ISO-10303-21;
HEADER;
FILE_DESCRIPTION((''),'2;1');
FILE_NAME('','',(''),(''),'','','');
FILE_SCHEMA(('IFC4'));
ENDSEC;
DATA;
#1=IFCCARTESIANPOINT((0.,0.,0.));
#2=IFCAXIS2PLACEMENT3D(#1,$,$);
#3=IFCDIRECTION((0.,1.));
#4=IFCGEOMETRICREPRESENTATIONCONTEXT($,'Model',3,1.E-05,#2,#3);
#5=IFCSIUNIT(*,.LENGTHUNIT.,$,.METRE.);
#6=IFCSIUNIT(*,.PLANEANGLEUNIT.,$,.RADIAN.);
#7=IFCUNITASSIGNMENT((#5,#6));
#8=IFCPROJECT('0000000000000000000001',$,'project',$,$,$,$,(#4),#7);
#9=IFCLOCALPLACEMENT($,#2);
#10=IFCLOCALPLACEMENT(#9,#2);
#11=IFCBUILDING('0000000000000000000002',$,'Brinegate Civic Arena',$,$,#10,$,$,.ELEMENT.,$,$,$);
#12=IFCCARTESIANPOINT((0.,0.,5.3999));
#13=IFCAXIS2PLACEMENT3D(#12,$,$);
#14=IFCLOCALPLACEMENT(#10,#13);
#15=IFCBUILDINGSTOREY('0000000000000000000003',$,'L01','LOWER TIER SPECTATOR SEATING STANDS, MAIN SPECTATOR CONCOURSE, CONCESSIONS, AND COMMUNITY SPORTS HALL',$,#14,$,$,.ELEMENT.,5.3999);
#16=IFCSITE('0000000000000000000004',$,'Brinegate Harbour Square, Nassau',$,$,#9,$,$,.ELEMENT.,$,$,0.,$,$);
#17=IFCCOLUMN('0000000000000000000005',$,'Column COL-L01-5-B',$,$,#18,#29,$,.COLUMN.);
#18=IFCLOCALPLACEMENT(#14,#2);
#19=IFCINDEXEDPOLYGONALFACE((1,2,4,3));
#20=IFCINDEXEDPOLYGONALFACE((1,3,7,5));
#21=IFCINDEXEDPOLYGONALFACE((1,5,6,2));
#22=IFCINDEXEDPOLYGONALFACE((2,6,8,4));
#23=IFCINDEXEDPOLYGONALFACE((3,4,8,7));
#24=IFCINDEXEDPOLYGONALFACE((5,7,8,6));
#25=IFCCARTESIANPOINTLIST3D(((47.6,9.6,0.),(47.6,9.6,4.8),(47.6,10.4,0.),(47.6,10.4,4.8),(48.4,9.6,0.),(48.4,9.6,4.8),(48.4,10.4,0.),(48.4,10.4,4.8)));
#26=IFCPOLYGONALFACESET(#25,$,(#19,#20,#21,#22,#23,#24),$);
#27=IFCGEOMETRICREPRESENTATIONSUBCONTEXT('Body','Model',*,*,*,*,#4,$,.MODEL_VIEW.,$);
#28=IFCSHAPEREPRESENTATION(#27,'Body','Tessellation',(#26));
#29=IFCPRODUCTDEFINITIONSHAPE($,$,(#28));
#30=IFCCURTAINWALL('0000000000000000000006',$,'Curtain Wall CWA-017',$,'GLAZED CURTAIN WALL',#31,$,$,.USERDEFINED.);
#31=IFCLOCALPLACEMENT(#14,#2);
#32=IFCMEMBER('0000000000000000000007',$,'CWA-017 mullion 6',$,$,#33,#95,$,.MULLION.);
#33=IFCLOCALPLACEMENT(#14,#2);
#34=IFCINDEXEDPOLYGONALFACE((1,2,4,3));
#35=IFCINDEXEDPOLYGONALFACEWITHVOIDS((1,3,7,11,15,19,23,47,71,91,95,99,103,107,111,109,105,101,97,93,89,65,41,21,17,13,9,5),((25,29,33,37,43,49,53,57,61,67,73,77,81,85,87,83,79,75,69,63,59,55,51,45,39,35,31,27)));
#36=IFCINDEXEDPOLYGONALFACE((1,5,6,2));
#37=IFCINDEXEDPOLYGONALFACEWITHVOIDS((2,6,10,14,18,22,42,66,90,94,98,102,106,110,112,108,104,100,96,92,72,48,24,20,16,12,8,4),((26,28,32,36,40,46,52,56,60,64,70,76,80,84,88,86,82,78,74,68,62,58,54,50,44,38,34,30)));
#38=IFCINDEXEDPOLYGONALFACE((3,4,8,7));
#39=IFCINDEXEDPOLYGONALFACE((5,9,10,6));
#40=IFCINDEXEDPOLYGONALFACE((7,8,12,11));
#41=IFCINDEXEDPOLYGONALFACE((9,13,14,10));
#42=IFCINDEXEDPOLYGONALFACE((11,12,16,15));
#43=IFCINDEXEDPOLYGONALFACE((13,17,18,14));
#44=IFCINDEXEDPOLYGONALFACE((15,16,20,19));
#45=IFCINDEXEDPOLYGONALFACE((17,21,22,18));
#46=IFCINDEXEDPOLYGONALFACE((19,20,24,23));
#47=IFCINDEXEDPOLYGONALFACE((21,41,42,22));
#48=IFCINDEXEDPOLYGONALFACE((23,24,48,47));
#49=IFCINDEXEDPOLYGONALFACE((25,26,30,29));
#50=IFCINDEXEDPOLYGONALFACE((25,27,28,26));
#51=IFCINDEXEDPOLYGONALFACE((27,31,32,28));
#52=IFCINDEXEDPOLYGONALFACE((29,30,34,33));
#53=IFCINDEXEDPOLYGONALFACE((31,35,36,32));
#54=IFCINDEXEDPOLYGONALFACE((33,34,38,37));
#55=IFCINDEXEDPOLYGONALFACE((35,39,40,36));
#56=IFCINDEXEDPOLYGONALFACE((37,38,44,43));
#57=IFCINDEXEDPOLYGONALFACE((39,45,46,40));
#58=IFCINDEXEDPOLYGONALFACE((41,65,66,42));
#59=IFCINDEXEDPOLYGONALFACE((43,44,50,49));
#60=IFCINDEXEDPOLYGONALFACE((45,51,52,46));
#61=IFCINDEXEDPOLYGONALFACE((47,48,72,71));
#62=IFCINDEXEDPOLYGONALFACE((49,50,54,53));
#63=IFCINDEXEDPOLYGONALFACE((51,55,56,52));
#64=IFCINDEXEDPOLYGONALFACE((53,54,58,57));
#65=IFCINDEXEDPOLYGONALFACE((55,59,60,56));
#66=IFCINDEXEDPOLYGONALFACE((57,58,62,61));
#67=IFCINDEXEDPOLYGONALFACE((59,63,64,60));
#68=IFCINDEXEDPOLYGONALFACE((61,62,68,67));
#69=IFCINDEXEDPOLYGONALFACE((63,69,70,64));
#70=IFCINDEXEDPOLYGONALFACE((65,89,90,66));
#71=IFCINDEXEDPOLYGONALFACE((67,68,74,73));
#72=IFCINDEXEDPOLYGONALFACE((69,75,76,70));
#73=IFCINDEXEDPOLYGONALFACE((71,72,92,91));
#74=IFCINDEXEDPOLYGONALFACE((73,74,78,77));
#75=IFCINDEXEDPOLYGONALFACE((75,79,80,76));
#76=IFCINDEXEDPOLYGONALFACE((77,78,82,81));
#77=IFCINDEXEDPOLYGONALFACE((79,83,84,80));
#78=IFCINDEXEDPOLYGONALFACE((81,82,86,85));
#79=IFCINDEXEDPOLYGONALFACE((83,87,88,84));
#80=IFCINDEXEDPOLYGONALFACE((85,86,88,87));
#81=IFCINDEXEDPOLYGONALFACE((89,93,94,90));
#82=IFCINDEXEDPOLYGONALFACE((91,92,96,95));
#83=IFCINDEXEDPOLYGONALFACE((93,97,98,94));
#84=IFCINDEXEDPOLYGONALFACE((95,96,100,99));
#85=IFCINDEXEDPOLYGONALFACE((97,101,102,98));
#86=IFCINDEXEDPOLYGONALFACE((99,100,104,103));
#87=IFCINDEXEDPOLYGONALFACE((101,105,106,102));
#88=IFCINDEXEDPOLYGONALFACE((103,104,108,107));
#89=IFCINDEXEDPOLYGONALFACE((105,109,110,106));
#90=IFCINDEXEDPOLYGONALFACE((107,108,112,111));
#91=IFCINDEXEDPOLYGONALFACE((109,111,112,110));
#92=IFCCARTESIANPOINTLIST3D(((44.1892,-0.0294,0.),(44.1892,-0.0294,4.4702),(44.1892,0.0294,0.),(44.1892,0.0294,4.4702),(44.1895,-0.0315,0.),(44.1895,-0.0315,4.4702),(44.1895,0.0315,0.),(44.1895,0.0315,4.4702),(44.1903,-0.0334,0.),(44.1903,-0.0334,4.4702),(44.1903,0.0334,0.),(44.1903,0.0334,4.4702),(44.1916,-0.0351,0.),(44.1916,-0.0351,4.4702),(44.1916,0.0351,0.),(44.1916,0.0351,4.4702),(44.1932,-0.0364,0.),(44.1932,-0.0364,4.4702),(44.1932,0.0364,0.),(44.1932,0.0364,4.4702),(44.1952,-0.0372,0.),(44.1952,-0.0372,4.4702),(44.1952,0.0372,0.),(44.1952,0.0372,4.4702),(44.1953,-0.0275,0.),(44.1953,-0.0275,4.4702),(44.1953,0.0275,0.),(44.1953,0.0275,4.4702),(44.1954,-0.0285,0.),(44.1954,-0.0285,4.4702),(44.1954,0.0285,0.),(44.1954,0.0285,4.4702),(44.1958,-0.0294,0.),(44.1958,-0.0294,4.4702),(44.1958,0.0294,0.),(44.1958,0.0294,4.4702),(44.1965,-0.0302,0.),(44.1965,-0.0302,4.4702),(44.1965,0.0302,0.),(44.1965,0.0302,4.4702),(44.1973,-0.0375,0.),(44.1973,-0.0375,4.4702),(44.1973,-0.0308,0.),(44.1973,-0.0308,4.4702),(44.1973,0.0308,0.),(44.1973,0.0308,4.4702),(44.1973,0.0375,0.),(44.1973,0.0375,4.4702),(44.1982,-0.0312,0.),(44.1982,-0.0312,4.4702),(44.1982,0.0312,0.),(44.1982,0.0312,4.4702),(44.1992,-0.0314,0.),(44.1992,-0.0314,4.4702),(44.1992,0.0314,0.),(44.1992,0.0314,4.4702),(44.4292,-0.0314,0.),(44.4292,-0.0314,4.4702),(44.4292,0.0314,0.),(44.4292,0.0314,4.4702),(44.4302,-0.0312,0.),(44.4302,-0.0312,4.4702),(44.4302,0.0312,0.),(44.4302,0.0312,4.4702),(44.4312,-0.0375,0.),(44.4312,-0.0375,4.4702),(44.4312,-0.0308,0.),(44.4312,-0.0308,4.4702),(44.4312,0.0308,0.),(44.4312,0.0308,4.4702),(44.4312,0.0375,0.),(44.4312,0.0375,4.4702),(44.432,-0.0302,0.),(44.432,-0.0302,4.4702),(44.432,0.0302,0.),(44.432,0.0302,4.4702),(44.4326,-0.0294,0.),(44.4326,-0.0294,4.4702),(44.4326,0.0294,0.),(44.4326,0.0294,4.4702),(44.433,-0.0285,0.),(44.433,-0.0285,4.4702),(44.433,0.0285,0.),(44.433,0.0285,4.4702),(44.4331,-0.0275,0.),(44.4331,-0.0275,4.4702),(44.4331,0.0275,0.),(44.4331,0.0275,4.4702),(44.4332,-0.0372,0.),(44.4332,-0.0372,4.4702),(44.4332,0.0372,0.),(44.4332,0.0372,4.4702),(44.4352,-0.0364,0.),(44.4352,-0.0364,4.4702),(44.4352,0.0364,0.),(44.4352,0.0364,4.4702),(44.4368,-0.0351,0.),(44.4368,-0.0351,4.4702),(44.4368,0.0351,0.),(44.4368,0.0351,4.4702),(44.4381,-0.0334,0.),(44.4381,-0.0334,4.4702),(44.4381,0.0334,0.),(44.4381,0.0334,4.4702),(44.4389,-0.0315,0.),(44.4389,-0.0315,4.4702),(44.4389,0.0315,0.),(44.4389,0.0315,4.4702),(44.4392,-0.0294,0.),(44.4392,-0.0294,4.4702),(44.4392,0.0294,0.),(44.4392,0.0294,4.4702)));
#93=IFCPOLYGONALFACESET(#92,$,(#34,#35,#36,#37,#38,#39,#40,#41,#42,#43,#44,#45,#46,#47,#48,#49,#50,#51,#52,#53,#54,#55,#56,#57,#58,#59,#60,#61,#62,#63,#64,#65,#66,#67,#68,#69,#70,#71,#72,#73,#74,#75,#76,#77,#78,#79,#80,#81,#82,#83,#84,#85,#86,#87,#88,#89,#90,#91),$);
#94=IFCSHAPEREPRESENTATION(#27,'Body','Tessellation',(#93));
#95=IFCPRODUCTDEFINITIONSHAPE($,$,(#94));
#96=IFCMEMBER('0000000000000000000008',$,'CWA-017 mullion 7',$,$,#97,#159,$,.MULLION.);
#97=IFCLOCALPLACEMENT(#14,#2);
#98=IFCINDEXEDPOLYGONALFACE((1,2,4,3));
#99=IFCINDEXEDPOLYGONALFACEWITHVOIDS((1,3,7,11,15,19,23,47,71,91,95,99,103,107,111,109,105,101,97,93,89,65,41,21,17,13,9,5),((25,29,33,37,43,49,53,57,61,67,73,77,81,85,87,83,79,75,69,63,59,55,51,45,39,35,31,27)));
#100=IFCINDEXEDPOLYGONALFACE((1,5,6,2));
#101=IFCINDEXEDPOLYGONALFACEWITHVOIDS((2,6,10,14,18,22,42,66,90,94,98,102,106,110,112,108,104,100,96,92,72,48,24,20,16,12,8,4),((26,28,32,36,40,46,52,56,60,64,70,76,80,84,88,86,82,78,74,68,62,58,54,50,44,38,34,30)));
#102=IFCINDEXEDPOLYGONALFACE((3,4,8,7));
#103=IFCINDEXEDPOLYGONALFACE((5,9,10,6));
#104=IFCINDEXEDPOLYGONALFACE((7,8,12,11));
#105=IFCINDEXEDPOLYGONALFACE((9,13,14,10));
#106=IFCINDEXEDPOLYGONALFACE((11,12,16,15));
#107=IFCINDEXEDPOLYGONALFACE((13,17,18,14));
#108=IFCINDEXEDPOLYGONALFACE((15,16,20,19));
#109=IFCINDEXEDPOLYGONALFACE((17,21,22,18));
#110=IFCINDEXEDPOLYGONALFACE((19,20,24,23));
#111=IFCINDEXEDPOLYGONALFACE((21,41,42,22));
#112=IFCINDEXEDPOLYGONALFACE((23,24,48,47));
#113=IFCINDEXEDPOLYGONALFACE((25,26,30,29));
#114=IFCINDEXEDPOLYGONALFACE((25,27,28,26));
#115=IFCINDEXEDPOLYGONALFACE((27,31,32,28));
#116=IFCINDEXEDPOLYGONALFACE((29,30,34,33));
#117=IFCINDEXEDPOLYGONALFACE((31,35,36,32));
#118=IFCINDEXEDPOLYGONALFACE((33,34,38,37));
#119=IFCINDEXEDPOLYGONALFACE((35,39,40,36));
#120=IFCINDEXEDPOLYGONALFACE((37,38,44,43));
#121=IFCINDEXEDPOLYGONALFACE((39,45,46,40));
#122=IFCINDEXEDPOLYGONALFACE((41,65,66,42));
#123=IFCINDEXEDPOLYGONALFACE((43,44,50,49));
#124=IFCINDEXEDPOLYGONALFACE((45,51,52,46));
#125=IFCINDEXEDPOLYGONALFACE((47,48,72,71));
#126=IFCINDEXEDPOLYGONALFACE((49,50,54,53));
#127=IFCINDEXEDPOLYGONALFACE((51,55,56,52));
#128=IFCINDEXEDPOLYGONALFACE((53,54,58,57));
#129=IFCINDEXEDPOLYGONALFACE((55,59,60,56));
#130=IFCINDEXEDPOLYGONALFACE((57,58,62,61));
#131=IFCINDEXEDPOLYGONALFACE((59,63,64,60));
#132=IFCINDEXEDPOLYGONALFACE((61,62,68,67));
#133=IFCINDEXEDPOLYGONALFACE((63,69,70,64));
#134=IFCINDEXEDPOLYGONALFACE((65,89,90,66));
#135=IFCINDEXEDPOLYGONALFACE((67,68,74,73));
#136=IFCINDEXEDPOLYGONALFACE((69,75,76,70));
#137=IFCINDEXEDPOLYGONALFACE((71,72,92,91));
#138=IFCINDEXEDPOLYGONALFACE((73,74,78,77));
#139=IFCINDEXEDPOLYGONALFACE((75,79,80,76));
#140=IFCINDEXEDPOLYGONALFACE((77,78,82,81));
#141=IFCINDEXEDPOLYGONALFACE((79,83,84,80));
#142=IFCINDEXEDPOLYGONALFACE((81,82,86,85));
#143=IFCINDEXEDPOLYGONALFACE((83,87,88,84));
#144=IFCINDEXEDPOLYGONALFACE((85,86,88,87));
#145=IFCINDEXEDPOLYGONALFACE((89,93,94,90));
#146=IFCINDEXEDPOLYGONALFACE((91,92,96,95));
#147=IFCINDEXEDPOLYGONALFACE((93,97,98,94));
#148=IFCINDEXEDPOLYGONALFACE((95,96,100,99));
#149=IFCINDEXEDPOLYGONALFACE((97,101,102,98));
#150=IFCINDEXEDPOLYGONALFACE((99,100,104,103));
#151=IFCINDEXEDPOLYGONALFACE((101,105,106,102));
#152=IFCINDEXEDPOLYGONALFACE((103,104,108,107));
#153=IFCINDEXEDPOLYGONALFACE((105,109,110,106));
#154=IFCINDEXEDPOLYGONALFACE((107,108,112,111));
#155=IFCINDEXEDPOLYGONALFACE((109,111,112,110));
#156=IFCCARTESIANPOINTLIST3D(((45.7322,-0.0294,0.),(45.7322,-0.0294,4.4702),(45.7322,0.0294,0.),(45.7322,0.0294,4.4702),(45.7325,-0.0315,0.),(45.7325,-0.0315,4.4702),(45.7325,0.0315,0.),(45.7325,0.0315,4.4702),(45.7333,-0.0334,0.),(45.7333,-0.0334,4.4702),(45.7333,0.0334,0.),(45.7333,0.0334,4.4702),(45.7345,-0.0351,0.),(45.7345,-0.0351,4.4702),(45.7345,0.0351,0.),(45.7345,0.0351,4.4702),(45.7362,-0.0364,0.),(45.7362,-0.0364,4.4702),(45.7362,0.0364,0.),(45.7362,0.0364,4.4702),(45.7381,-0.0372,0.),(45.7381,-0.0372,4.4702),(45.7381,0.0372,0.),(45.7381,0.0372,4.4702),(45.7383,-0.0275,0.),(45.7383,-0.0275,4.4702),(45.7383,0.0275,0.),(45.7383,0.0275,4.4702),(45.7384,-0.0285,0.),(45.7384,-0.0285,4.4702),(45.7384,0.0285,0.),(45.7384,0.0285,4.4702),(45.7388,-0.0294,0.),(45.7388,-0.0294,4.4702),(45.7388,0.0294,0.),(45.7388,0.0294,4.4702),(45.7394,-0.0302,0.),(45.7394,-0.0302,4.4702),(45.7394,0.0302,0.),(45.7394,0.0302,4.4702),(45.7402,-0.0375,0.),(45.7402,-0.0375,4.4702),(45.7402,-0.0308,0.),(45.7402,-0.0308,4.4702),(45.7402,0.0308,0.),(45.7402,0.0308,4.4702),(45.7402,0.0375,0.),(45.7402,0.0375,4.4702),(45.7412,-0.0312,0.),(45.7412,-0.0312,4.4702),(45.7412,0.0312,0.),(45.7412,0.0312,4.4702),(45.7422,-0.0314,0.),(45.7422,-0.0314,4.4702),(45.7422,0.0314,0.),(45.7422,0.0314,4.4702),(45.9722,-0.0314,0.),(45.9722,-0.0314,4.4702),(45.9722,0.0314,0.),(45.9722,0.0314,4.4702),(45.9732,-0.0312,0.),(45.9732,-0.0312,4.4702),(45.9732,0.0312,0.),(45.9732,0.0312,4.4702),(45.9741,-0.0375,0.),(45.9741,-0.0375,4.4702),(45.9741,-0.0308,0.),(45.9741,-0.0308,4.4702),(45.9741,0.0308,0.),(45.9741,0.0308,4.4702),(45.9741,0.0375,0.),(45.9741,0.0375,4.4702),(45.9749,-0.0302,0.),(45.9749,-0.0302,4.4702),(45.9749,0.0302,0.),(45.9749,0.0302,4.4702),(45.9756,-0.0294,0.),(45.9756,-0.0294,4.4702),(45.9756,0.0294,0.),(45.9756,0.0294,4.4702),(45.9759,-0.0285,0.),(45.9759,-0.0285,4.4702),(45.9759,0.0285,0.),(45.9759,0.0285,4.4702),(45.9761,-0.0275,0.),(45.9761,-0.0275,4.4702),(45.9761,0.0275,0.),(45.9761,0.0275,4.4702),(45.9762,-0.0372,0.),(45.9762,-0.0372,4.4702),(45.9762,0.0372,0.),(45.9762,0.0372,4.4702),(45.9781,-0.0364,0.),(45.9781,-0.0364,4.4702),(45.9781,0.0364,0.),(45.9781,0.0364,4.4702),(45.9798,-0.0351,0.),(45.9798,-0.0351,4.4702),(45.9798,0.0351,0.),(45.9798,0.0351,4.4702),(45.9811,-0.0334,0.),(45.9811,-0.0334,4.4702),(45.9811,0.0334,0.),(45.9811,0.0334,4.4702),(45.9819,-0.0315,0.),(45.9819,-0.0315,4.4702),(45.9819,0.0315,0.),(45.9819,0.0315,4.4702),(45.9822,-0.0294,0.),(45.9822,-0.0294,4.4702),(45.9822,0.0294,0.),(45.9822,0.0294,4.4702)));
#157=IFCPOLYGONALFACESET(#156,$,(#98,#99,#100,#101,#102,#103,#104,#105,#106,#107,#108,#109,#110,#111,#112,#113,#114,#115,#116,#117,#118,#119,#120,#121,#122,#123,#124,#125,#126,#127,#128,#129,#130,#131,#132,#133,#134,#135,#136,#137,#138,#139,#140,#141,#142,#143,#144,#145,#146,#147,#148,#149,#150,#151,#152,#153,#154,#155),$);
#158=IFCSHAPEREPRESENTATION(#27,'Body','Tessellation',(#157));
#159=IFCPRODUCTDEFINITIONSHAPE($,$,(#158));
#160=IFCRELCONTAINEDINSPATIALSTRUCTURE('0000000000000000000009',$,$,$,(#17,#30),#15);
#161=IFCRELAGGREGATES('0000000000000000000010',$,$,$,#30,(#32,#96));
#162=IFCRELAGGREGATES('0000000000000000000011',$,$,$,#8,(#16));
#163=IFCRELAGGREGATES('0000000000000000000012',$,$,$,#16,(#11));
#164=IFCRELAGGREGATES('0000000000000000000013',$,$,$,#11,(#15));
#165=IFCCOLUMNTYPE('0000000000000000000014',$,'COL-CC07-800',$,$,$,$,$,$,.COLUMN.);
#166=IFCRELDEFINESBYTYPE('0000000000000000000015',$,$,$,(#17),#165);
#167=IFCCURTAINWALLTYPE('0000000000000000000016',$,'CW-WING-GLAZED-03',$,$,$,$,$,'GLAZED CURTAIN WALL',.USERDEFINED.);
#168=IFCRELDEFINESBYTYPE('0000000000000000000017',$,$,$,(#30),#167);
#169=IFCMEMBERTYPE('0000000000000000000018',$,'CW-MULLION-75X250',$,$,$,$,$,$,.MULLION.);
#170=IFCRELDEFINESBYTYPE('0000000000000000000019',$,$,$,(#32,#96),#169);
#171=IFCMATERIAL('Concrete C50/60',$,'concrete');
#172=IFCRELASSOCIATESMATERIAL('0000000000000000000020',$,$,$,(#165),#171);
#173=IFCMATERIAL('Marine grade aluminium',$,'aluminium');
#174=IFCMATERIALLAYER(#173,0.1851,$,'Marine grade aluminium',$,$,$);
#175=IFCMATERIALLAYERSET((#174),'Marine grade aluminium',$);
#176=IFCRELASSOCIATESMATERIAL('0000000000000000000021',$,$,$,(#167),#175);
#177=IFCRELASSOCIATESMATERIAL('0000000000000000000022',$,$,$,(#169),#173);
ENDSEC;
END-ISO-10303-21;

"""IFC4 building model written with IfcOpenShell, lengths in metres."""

from ifc_helpers import new_model, si_unit, direction, frame, origin, origin_2d, place, context, subcontext, project, spatial, rectangle, hollow_rectangle, extrude, material, layer, layer_set, material_profile, profile_set, type_object, element, aggregate, save


model = new_model("IFC4")

# Units and contexts
model_context = context("Model", 3, precision=1e-05, world=origin(), true_north=direction((0.0, 1.0)))
body_context = subcontext(model_context, "Body", "Model", "MODEL_VIEW")
ifc_project = project(units=[si_unit("LENGTHUNIT", "METRE"), si_unit("PLANEANGLEUNIT", "RADIAN")], contexts=[model_context])

# Site, building, storey
site_placement = place(None, origin())
site = spatial("IfcSite", under=ifc_project, at=site_placement, Name="Brinegate Harbour Square, Nassau", CompositionType="ELEMENT", RefElevation=0.0)
building_placement = place(site_placement, origin())
building = spatial("IfcBuilding", under=site, at=building_placement, Name="Brinegate Civic Arena", CompositionType="ELEMENT")
storey_placement = place(building_placement, frame((0.0, 0.0, 5.3999)))
storey = spatial("IfcBuildingStorey", under=building, at=storey_placement, Name="L01", Description="LOWER TIER SPECTATOR SEATING STANDS, MAIN SPECTATOR CONCOURSE, CONCESSIONS, AND COMMUNITY SPORTS HALL", CompositionType="ELEMENT", Elevation=5.3999)

# Column
ifc_material_1 = material(Name="Concrete C50/60", Category="concrete")
ifc_material_profile_1 = material_profile(ifc_material_1, rectangle(XDim=0.8, YDim=0.8, at=origin_2d()), Name="RC800X800")
ifc_profile_set_1 = profile_set([ifc_material_profile_1], Name="Concrete C50/60")
column_type = type_object("IfcColumnType", Name="COL-CC07-800", PredefinedType="COLUMN", material=ifc_profile_set_1)
column_placement = place(storey_placement, frame((48.0, 10.0, 0.0), z_axis=(0.0, 0.0, 1.0), x_axis=(1.0, 0.0, 0.0)))
element("IfcColumn", 1, at=column_placement, inside=storey, type_object=column_type, Name="Column COL-L01-5-B", PredefinedType="COLUMN", context=body_context, shape_type="SweptSolid", body=[
    extrude(rectangle(XDim=0.8, YDim=0.8, at=origin_2d()), origin(), (0.0, 0.0, 1.0), 4.8),
])

# Curtain wall, members
ifc_material_2 = material(Name="Marine grade aluminium", Category="aluminium")
ifc_layer_1 = layer(ifc_material_2, 0.1851, Name="Marine grade aluminium")
ifc_layer_set_1 = layer_set([ifc_layer_1], Name="Marine grade aluminium")
curtain_wall_type_1 = type_object("IfcCurtainWallType", Name="CW-WING-GLAZED-03", ElementType="GLAZED CURTAIN WALL", PredefinedType="USERDEFINED", material=ifc_layer_set_1)
curtain_wall_1_placement = place(storey_placement, origin())
curtain_wall_1 = element("IfcCurtainWall", 2, at=curtain_wall_1_placement, inside=storey, type_object=curtain_wall_type_1, Name="Curtain Wall CWA-017", ObjectType="GLAZED CURTAIN WALL", PredefinedType="USERDEFINED")
ifc_material_profile_2 = material_profile(ifc_material_2, hollow_rectangle(XDim=0.075, YDim=0.25, WallThickness=0.0061, InnerFilletRadius=0.0039, OuterFilletRadius=0.0081, at=origin_2d()), Name="MUL75X250")
ifc_profile_set_2 = profile_set([ifc_material_profile_2], Name="Marine grade aluminium")
member_type_1 = type_object("IfcMemberType", Name="CW-MULLION-75X250", PredefinedType="MULLION", material=ifc_profile_set_2)
member_1_placement = place(storey_placement, frame((44.3142, 0.0, 0.0), z_axis=(0.0, 0.0, 1.0), x_axis=(0.0, 1.0, 0.0)))
member_1 = element("IfcMember", 3, at=member_1_placement, type_object=member_type_1, Name="CWA-017 mullion 6", PredefinedType="MULLION", context=body_context, shape_type="SweptSolid", body=[
    extrude(hollow_rectangle(XDim=0.075, YDim=0.25, WallThickness=0.0061, InnerFilletRadius=0.0039, OuterFilletRadius=0.0081, at=origin_2d()), origin(), (0.0, 0.0, 1.0), 4.4702),
])
member_2_placement = place(storey_placement, frame((45.8572, 0.0, 0.0), z_axis=(0.0, 0.0, 1.0), x_axis=(0.0, 1.0, 0.0)))
member_2 = element("IfcMember", 4, at=member_2_placement, type_object=member_type_1, Name="CWA-017 mullion 7", PredefinedType="MULLION", context=body_context, shape_type="SweptSolid", body=[
    extrude(hollow_rectangle(XDim=0.075, YDim=0.25, WallThickness=0.0061, InnerFilletRadius=0.0039, OuterFilletRadius=0.0081, at=origin_2d()), origin(), (0.0, 0.0, 1.0), 4.4702),
])

aggregate(curtain_wall_1, [member_1, member_2])

save(model, "model.ifc")
